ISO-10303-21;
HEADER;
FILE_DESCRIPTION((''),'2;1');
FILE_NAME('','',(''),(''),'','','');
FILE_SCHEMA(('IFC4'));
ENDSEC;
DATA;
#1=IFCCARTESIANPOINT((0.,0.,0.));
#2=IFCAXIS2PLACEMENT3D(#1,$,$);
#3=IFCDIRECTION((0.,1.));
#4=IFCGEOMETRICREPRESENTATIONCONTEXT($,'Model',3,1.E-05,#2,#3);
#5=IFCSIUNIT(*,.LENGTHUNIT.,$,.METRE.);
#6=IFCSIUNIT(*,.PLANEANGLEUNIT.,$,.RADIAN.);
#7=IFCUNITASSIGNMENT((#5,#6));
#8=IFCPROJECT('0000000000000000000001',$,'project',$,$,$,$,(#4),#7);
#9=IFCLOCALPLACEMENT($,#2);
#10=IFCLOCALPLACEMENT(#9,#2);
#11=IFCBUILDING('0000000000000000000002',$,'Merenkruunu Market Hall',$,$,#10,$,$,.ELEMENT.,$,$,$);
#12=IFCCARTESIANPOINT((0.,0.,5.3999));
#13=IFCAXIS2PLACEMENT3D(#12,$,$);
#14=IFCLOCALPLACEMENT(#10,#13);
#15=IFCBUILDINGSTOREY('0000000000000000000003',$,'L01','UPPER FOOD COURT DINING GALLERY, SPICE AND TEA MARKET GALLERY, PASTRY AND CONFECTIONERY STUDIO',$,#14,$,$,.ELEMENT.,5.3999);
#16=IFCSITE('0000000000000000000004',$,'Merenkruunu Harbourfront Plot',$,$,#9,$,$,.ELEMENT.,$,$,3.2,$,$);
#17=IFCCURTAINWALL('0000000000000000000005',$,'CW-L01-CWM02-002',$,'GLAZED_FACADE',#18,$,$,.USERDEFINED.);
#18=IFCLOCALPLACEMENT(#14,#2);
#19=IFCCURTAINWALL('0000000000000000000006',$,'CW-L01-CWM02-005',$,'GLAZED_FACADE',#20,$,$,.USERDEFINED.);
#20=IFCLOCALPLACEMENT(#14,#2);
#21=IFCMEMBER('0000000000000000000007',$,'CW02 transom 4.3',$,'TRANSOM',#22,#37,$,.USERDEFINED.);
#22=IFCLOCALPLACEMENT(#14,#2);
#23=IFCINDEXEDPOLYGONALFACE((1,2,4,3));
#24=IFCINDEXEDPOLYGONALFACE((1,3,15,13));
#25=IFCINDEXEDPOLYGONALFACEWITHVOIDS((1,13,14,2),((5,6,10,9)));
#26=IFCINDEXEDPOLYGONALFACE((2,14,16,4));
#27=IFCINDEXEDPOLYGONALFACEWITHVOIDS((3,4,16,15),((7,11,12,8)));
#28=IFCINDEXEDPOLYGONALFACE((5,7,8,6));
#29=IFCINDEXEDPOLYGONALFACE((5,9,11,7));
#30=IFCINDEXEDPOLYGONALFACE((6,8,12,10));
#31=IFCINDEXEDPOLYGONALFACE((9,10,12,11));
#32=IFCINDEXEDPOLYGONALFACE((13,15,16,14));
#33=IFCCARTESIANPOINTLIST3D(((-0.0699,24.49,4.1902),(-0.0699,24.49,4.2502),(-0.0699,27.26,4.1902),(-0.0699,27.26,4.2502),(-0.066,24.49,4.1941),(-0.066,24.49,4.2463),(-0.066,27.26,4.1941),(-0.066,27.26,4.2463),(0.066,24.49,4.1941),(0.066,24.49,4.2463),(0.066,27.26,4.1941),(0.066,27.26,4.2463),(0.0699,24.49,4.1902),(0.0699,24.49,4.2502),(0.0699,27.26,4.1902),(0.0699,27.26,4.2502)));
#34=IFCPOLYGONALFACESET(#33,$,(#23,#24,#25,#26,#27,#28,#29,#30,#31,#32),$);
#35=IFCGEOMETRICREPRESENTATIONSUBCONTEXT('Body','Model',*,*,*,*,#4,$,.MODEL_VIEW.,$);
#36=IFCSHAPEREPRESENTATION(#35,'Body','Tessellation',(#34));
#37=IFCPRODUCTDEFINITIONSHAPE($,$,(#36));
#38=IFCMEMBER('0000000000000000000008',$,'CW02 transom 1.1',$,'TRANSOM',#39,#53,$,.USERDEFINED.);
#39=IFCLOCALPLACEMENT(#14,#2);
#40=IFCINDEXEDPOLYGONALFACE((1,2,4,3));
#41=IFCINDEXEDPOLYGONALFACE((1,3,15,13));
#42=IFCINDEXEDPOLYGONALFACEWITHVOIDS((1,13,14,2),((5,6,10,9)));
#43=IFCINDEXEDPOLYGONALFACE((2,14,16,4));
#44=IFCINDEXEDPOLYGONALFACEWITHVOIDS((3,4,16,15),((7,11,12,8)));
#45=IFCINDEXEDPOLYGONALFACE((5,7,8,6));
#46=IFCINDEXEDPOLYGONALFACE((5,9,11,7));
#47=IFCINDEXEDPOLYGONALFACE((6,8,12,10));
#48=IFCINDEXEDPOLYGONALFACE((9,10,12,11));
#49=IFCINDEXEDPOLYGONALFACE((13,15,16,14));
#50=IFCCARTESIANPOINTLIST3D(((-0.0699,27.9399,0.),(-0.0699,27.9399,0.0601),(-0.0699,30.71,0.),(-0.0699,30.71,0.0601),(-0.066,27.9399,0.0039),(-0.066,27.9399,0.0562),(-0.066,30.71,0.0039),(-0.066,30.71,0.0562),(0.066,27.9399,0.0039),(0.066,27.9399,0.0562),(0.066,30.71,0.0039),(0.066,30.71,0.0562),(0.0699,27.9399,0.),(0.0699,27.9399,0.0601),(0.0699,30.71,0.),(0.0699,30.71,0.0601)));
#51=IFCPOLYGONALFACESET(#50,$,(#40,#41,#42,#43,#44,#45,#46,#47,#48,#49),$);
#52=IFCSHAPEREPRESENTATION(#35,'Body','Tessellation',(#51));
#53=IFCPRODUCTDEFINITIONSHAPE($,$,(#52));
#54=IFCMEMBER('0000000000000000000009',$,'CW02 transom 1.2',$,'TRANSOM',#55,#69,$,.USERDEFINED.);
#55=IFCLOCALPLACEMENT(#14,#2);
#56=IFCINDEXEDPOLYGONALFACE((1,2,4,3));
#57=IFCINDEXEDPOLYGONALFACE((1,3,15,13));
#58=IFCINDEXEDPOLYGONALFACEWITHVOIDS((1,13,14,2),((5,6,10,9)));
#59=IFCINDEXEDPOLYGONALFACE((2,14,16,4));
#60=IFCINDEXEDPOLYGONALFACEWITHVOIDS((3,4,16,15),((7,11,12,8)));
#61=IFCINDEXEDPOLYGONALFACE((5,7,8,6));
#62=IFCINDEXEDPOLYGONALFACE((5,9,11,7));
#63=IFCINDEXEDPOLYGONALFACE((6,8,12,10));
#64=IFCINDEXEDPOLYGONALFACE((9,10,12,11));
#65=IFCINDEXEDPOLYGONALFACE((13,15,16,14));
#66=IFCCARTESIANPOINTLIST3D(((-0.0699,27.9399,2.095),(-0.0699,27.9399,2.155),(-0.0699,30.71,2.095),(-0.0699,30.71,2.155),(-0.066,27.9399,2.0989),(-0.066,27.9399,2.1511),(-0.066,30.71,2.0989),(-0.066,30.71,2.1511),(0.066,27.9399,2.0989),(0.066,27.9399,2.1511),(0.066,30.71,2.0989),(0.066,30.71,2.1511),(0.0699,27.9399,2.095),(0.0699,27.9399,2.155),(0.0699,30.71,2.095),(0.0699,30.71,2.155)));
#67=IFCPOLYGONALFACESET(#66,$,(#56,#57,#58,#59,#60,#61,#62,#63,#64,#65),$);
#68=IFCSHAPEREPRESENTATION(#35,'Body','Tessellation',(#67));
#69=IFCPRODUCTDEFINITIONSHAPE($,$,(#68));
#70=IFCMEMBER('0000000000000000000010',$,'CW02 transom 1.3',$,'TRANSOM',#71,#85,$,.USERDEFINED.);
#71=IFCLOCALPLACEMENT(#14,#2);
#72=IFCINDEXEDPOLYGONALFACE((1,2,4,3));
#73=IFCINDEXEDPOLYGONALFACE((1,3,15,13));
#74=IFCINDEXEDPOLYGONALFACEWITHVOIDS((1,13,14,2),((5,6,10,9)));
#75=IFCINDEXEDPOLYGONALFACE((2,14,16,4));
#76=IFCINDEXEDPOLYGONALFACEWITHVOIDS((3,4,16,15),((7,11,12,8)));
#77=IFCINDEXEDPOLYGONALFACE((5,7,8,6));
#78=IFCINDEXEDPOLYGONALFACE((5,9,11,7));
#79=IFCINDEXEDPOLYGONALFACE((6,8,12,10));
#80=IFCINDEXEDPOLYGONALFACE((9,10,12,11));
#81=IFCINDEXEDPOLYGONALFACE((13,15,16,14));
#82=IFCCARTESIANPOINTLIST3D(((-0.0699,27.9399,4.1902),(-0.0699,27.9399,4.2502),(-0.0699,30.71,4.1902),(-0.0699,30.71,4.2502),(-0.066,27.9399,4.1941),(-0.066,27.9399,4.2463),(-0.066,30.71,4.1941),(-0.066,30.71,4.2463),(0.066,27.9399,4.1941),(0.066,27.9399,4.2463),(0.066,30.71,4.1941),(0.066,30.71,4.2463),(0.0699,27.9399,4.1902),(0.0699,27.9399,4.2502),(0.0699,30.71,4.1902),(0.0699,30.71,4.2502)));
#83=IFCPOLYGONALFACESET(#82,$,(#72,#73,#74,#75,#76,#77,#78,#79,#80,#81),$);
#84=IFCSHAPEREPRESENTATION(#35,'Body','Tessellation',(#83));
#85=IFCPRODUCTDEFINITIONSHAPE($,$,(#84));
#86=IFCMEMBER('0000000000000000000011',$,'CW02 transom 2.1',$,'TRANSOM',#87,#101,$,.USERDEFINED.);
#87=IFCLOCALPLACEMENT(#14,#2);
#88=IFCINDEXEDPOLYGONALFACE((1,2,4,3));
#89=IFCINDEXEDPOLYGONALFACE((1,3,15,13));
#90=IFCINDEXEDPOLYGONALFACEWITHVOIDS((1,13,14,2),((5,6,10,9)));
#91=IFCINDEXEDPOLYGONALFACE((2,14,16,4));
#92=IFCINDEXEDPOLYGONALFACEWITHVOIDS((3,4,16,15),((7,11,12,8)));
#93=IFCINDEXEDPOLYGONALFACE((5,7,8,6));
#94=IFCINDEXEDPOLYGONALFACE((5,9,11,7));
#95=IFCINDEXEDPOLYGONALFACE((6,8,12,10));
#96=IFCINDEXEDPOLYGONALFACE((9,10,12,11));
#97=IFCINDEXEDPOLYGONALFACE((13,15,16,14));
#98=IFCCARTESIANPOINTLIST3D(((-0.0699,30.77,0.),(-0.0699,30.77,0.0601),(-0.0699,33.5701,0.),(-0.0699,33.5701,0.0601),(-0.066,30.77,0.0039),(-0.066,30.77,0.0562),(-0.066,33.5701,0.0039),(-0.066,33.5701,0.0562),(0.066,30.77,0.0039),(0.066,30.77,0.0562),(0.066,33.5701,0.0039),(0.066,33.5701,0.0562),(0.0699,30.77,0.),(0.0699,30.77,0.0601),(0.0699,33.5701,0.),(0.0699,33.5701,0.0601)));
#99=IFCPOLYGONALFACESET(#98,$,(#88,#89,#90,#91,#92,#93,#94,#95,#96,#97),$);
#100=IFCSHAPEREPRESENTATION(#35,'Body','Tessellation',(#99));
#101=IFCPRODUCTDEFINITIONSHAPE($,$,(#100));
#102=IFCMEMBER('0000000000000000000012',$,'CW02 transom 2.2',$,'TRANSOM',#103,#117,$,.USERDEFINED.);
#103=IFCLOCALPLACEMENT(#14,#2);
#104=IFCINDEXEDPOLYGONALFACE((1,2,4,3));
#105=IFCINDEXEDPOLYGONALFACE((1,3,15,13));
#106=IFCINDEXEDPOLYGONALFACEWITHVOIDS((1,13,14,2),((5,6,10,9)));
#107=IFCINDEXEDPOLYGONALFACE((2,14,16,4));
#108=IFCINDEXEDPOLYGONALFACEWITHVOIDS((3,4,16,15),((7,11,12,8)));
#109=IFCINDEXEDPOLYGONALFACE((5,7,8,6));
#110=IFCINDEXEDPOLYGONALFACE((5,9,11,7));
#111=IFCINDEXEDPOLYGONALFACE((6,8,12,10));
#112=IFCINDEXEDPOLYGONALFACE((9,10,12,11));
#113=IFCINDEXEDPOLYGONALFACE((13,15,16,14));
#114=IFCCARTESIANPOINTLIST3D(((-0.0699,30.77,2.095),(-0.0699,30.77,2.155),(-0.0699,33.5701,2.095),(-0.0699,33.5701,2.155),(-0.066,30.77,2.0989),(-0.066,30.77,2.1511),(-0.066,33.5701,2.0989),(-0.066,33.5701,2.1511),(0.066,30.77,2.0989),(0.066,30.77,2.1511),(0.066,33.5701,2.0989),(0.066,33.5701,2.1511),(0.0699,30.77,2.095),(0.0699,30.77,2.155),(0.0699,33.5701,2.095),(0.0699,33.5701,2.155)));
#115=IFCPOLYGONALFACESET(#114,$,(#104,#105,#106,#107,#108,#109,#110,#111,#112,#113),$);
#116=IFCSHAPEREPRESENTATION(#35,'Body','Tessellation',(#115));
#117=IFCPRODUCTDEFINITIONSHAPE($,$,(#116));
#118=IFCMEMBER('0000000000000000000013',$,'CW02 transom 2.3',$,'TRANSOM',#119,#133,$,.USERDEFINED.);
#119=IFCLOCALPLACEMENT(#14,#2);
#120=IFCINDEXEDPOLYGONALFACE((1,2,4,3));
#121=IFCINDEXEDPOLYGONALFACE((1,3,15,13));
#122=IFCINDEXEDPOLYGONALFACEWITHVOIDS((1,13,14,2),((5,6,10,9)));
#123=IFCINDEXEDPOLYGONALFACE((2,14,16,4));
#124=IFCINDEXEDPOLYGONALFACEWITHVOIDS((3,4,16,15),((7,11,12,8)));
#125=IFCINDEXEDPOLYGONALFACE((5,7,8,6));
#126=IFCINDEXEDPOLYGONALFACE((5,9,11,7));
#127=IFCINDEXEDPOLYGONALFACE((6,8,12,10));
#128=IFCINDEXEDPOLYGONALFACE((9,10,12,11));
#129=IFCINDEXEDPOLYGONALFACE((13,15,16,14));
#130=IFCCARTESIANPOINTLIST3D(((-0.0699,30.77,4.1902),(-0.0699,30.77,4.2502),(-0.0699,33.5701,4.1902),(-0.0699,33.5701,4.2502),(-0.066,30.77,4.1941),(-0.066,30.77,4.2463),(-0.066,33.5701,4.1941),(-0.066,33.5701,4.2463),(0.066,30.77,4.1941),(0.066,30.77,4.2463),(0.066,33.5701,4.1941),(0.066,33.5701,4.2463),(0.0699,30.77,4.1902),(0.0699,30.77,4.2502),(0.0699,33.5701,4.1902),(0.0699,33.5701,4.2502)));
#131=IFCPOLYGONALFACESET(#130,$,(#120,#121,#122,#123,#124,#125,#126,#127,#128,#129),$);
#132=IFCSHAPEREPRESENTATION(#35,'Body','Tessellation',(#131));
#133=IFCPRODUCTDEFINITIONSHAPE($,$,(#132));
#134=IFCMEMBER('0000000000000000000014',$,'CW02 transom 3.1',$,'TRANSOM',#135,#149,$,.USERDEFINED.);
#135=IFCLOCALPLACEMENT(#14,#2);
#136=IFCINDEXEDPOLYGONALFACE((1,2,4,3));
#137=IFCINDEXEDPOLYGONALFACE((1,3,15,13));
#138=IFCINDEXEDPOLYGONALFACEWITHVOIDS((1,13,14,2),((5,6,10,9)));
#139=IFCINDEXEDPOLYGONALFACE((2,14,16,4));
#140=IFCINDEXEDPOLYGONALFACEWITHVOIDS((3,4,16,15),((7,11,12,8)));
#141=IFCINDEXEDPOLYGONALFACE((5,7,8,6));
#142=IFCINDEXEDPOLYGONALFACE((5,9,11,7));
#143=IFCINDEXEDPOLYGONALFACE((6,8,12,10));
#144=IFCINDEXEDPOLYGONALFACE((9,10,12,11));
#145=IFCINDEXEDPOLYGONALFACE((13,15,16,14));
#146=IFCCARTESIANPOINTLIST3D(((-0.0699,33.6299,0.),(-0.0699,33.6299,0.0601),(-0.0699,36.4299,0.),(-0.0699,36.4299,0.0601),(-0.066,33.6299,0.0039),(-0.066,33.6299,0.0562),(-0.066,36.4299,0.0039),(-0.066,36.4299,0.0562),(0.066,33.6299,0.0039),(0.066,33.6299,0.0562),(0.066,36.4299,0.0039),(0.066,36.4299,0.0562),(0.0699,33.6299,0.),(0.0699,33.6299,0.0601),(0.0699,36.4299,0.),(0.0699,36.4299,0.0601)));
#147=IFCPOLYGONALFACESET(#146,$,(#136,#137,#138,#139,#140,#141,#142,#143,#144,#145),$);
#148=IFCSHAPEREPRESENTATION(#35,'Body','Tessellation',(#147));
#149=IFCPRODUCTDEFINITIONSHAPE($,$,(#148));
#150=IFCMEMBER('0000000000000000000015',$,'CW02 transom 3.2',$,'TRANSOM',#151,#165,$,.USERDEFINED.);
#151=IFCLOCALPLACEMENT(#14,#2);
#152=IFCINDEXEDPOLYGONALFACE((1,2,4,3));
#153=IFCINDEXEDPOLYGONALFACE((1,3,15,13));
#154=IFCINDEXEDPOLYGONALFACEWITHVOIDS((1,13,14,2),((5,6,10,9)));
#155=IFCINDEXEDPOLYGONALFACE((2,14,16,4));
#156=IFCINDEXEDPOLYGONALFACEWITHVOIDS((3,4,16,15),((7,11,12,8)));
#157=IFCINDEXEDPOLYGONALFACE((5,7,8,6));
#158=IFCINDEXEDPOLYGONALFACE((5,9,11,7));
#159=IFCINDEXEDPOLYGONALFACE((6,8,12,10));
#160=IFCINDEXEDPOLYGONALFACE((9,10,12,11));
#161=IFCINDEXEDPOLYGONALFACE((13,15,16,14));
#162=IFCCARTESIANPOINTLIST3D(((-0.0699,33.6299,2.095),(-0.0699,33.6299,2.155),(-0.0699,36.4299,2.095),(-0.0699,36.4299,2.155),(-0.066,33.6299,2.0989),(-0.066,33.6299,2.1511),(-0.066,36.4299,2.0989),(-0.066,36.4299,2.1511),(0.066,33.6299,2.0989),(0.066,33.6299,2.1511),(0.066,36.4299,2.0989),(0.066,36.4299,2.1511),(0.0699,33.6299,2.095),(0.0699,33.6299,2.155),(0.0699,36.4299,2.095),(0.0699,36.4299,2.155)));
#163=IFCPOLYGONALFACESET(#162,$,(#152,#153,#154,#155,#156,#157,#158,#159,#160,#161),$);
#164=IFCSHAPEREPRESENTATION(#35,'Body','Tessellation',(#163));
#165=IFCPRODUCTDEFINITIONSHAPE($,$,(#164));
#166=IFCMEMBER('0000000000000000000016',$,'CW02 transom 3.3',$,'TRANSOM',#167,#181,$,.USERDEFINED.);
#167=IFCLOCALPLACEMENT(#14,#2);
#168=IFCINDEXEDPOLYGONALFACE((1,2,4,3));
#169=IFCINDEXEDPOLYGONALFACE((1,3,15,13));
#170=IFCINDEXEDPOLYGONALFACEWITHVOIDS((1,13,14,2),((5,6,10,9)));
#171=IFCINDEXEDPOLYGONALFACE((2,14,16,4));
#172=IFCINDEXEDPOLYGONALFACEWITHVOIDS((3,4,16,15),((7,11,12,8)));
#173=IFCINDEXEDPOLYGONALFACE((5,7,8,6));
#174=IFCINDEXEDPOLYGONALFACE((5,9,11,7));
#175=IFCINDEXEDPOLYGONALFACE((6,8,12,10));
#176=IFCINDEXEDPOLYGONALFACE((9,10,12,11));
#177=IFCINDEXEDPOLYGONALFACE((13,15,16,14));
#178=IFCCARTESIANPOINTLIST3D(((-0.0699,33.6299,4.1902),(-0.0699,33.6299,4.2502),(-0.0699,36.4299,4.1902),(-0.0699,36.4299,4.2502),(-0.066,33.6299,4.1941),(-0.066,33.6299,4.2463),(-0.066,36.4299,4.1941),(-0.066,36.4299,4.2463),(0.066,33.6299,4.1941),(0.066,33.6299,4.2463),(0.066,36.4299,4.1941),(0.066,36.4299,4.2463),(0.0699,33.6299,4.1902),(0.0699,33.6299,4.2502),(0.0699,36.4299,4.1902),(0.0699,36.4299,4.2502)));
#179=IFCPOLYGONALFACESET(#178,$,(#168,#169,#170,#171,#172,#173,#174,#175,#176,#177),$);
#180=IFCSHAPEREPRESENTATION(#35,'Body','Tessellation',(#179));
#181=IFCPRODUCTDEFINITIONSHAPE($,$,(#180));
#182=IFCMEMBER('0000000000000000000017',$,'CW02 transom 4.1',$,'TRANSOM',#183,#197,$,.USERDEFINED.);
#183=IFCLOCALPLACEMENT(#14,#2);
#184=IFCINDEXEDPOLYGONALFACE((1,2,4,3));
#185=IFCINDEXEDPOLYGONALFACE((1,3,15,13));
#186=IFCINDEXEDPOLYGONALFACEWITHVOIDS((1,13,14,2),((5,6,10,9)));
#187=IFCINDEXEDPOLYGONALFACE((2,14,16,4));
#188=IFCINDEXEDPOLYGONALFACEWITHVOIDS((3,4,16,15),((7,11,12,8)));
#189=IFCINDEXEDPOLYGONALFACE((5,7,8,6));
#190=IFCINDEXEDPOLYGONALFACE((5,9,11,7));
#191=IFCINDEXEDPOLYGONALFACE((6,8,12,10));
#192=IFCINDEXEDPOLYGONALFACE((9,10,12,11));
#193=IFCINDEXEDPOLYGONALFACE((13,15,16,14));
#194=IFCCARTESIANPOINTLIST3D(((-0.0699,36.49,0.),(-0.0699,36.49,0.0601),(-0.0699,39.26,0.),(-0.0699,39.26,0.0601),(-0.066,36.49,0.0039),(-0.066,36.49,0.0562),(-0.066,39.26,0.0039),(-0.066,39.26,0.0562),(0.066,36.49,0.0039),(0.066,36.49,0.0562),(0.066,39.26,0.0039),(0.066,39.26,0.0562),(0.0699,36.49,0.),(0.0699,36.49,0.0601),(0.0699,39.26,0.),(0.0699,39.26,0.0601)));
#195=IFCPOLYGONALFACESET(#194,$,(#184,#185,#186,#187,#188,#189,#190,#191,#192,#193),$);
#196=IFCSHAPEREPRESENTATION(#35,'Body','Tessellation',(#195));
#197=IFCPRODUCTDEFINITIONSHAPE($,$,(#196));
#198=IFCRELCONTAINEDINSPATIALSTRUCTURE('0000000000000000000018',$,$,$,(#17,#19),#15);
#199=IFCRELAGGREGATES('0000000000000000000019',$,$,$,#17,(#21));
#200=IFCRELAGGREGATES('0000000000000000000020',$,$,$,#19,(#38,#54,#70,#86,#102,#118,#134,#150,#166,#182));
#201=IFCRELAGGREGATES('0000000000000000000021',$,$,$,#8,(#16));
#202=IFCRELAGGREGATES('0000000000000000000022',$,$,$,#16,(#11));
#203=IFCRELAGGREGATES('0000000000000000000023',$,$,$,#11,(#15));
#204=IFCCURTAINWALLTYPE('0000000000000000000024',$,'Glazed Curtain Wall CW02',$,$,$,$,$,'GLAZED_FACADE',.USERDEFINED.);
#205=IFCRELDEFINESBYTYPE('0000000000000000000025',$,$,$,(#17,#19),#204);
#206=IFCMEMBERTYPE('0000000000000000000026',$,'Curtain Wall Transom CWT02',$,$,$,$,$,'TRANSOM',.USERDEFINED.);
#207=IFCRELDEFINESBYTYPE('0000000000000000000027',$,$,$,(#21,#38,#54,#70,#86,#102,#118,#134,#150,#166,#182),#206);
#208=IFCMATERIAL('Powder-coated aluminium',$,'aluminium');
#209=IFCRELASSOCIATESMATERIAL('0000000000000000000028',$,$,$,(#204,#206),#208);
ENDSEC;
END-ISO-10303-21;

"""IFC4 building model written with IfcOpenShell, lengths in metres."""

from ifc_helpers import new_model, si_unit, direction, frame, origin, origin_2d, place, context, subcontext, project, spatial, hollow_rectangle, extrude, material, material_profile, profile_set, type_object, element, aggregate, save


model = new_model("IFC4")

# Units and contexts
model_context = context("Model", 3, precision=1e-05, world=origin(), true_north=direction((0.0, 1.0)))
body_context = subcontext(model_context, "Body", "Model", "MODEL_VIEW")
ifc_project = project(units=[si_unit("LENGTHUNIT", "METRE"), si_unit("PLANEANGLEUNIT", "RADIAN")], contexts=[model_context])

# Site, building, storey
site_placement = place(None, origin())
site = spatial("IfcSite", under=ifc_project, at=site_placement, Name="Merenkruunu Harbourfront Plot", CompositionType="ELEMENT", RefElevation=3.2)
building_placement = place(site_placement, origin())
building = spatial("IfcBuilding", under=site, at=building_placement, Name="Merenkruunu Market Hall", CompositionType="ELEMENT")
storey_placement = place(building_placement, frame((0.0, 0.0, 5.3999)))
storey = spatial("IfcBuildingStorey", under=building, at=storey_placement, Name="L01", Description="UPPER FOOD COURT DINING GALLERY, SPICE AND TEA MARKET GALLERY, PASTRY AND CONFECTIONERY STUDIO", CompositionType="ELEMENT", Elevation=5.3999)

# Curtain wall
ifc_material_1 = material(Name="Powder-coated aluminium", Category="aluminium")
curtain_wall_type = type_object("IfcCurtainWallType", Name="Glazed Curtain Wall CW02", ElementType="GLAZED_FACADE", PredefinedType="USERDEFINED", material=ifc_material_1)
curtain_wall_1_placement = place(storey_placement, origin())
curtain_wall_1 = element("IfcCurtainWall", 1, at=curtain_wall_1_placement, inside=storey, type_object=curtain_wall_type, Name="CW-L01-CWM02-002", ObjectType="GLAZED_FACADE", PredefinedType="USERDEFINED")

# Curtain wall
curtain_wall_2_placement = place(storey_placement, origin())
curtain_wall_2 = element("IfcCurtainWall", 2, at=curtain_wall_2_placement, inside=storey, type_object=curtain_wall_type, Name="CW-L01-CWM02-005", ObjectType="GLAZED_FACADE", PredefinedType="USERDEFINED")

# Members
ifc_material_profile_1 = material_profile(ifc_material_1, hollow_rectangle(XDim=0.0601, YDim=0.1399, WallThickness=0.0039, at=origin_2d()), Name="ALU 60x140x4")
ifc_profile_set_1 = profile_set([ifc_material_profile_1], Name="Powder-coated aluminium")
member_type_1 = type_object("IfcMemberType", Name="Curtain Wall Transom CWT02", ElementType="TRANSOM", PredefinedType="USERDEFINED", material=ifc_profile_set_1)
member_1_placement = place(storey_placement, frame((0.0, 24.49, 4.2202), z_axis=(0.0, 1.0, 0.0), x_axis=(0.0, 0.0, 1.0)))
member_1 = element("IfcMember", 3, at=member_1_placement, type_object=member_type_1, Name="CW02 transom 4.3", ObjectType="TRANSOM", PredefinedType="USERDEFINED", context=body_context, shape_type="SweptSolid", body=[
    extrude(hollow_rectangle(XDim=0.0601, YDim=0.1399, WallThickness=0.0039, at=origin_2d()), origin(), (0.0, 0.0, 1.0), 2.77),
])
member_2_placement = place(storey_placement, frame((0.0, 27.9399, 0.03), z_axis=(0.0, 1.0, 0.0), x_axis=(0.0, 0.0, 1.0)))
member_2 = element("IfcMember", 4, at=member_2_placement, type_object=member_type_1, Name="CW02 transom 1.1", ObjectType="TRANSOM", PredefinedType="USERDEFINED", context=body_context, shape_type="SweptSolid", body=[
    extrude(hollow_rectangle(XDim=0.0601, YDim=0.1399, WallThickness=0.0039, at=origin_2d()), origin(), (0.0, 0.0, 1.0), 2.77),
])
member_3_placement = place(storey_placement, frame((0.0, 27.9399, 2.125), z_axis=(0.0, 1.0, 0.0), x_axis=(0.0, 0.0, 1.0)))
member_3 = element("IfcMember", 5, at=member_3_placement, type_object=member_type_1, Name="CW02 transom 1.2", ObjectType="TRANSOM", PredefinedType="USERDEFINED", context=body_context, shape_type="SweptSolid", body=[
    extrude(hollow_rectangle(XDim=0.0601, YDim=0.1399, WallThickness=0.0039, at=origin_2d()), origin(), (0.0, 0.0, 1.0), 2.77),
])
member_4_placement = place(storey_placement, frame((0.0, 27.9399, 4.2202), z_axis=(0.0, 1.0, 0.0), x_axis=(0.0, 0.0, 1.0)))
member_4 = element("IfcMember", 6, at=member_4_placement, type_object=member_type_1, Name="CW02 transom 1.3", ObjectType="TRANSOM", PredefinedType="USERDEFINED", context=body_context, shape_type="SweptSolid", body=[
    extrude(hollow_rectangle(XDim=0.0601, YDim=0.1399, WallThickness=0.0039, at=origin_2d()), origin(), (0.0, 0.0, 1.0), 2.77),
])
member_5_placement = place(storey_placement, frame((0.0, 30.77, 0.03), z_axis=(0.0, 1.0, 0.0), x_axis=(0.0, 0.0, 1.0)))
member_5 = element("IfcMember", 7, at=member_5_placement, type_object=member_type_1, Name="CW02 transom 2.1", ObjectType="TRANSOM", PredefinedType="USERDEFINED", context=body_context, shape_type="SweptSolid", body=[
    extrude(hollow_rectangle(XDim=0.0601, YDim=0.1399, WallThickness=0.0039, at=origin_2d()), origin(), (0.0, 0.0, 1.0), 2.8),
])
member_6_placement = place(storey_placement, frame((0.0, 30.77, 2.125), z_axis=(0.0, 1.0, 0.0), x_axis=(0.0, 0.0, 1.0)))
member_6 = element("IfcMember", 8, at=member_6_placement, type_object=member_type_1, Name="CW02 transom 2.2", ObjectType="TRANSOM", PredefinedType="USERDEFINED", context=body_context, shape_type="SweptSolid", body=[
    extrude(hollow_rectangle(XDim=0.0601, YDim=0.1399, WallThickness=0.0039, at=origin_2d()), origin(), (0.0, 0.0, 1.0), 2.8),
])
member_7_placement = place(storey_placement, frame((0.0, 30.77, 4.2202), z_axis=(0.0, 1.0, 0.0), x_axis=(0.0, 0.0, 1.0)))
member_7 = element("IfcMember", 9, at=member_7_placement, type_object=member_type_1, Name="CW02 transom 2.3", ObjectType="TRANSOM", PredefinedType="USERDEFINED", context=body_context, shape_type="SweptSolid", body=[
    extrude(hollow_rectangle(XDim=0.0601, YDim=0.1399, WallThickness=0.0039, at=origin_2d()), origin(), (0.0, 0.0, 1.0), 2.8),
])
member_8_placement = place(storey_placement, frame((0.0, 33.6299, 0.03), z_axis=(0.0, 1.0, 0.0), x_axis=(0.0, 0.0, 1.0)))
member_8 = element("IfcMember", 10, at=member_8_placement, type_object=member_type_1, Name="CW02 transom 3.1", ObjectType="TRANSOM", PredefinedType="USERDEFINED", context=body_context, shape_type="SweptSolid", body=[
    extrude(hollow_rectangle(XDim=0.0601, YDim=0.1399, WallThickness=0.0039, at=origin_2d()), origin(), (0.0, 0.0, 1.0), 2.8),
])
member_9_placement = place(storey_placement, frame((0.0, 33.6299, 2.125), z_axis=(0.0, 1.0, 0.0), x_axis=(0.0, 0.0, 1.0)))
member_9 = element("IfcMember", 11, at=member_9_placement, type_object=member_type_1, Name="CW02 transom 3.2", ObjectType="TRANSOM", PredefinedType="USERDEFINED", context=body_context, shape_type="SweptSolid", body=[
    extrude(hollow_rectangle(XDim=0.0601, YDim=0.1399, WallThickness=0.0039, at=origin_2d()), origin(), (0.0, 0.0, 1.0), 2.8),
])
member_10_placement = place(storey_placement, frame((0.0, 33.6299, 4.2202), z_axis=(0.0, 1.0, 0.0), x_axis=(0.0, 0.0, 1.0)))
member_10 = element("IfcMember", 12, at=member_10_placement, type_object=member_type_1, Name="CW02 transom 3.3", ObjectType="TRANSOM", PredefinedType="USERDEFINED", context=body_context, shape_type="SweptSolid", body=[
    extrude(hollow_rectangle(XDim=0.0601, YDim=0.1399, WallThickness=0.0039, at=origin_2d()), origin(), (0.0, 0.0, 1.0), 2.8),
])
member_11_placement = place(storey_placement, frame((0.0, 36.49, 0.03), z_axis=(0.0, 1.0, 0.0), x_axis=(0.0, 0.0, 1.0)))
member_11 = element("IfcMember", 13, at=member_11_placement, type_object=member_type_1, Name="CW02 transom 4.1", ObjectType="TRANSOM", PredefinedType="USERDEFINED", context=body_context, shape_type="SweptSolid", body=[
    extrude(hollow_rectangle(XDim=0.0601, YDim=0.1399, WallThickness=0.0039, at=origin_2d()), origin(), (0.0, 0.0, 1.0), 2.77),
])

aggregate(curtain_wall_1, [member_1])
aggregate(curtain_wall_2, [member_2, member_3, member_4, member_5, member_6, member_7, member_8, member_9, member_10, member_11])

save(model, "model.ifc")
